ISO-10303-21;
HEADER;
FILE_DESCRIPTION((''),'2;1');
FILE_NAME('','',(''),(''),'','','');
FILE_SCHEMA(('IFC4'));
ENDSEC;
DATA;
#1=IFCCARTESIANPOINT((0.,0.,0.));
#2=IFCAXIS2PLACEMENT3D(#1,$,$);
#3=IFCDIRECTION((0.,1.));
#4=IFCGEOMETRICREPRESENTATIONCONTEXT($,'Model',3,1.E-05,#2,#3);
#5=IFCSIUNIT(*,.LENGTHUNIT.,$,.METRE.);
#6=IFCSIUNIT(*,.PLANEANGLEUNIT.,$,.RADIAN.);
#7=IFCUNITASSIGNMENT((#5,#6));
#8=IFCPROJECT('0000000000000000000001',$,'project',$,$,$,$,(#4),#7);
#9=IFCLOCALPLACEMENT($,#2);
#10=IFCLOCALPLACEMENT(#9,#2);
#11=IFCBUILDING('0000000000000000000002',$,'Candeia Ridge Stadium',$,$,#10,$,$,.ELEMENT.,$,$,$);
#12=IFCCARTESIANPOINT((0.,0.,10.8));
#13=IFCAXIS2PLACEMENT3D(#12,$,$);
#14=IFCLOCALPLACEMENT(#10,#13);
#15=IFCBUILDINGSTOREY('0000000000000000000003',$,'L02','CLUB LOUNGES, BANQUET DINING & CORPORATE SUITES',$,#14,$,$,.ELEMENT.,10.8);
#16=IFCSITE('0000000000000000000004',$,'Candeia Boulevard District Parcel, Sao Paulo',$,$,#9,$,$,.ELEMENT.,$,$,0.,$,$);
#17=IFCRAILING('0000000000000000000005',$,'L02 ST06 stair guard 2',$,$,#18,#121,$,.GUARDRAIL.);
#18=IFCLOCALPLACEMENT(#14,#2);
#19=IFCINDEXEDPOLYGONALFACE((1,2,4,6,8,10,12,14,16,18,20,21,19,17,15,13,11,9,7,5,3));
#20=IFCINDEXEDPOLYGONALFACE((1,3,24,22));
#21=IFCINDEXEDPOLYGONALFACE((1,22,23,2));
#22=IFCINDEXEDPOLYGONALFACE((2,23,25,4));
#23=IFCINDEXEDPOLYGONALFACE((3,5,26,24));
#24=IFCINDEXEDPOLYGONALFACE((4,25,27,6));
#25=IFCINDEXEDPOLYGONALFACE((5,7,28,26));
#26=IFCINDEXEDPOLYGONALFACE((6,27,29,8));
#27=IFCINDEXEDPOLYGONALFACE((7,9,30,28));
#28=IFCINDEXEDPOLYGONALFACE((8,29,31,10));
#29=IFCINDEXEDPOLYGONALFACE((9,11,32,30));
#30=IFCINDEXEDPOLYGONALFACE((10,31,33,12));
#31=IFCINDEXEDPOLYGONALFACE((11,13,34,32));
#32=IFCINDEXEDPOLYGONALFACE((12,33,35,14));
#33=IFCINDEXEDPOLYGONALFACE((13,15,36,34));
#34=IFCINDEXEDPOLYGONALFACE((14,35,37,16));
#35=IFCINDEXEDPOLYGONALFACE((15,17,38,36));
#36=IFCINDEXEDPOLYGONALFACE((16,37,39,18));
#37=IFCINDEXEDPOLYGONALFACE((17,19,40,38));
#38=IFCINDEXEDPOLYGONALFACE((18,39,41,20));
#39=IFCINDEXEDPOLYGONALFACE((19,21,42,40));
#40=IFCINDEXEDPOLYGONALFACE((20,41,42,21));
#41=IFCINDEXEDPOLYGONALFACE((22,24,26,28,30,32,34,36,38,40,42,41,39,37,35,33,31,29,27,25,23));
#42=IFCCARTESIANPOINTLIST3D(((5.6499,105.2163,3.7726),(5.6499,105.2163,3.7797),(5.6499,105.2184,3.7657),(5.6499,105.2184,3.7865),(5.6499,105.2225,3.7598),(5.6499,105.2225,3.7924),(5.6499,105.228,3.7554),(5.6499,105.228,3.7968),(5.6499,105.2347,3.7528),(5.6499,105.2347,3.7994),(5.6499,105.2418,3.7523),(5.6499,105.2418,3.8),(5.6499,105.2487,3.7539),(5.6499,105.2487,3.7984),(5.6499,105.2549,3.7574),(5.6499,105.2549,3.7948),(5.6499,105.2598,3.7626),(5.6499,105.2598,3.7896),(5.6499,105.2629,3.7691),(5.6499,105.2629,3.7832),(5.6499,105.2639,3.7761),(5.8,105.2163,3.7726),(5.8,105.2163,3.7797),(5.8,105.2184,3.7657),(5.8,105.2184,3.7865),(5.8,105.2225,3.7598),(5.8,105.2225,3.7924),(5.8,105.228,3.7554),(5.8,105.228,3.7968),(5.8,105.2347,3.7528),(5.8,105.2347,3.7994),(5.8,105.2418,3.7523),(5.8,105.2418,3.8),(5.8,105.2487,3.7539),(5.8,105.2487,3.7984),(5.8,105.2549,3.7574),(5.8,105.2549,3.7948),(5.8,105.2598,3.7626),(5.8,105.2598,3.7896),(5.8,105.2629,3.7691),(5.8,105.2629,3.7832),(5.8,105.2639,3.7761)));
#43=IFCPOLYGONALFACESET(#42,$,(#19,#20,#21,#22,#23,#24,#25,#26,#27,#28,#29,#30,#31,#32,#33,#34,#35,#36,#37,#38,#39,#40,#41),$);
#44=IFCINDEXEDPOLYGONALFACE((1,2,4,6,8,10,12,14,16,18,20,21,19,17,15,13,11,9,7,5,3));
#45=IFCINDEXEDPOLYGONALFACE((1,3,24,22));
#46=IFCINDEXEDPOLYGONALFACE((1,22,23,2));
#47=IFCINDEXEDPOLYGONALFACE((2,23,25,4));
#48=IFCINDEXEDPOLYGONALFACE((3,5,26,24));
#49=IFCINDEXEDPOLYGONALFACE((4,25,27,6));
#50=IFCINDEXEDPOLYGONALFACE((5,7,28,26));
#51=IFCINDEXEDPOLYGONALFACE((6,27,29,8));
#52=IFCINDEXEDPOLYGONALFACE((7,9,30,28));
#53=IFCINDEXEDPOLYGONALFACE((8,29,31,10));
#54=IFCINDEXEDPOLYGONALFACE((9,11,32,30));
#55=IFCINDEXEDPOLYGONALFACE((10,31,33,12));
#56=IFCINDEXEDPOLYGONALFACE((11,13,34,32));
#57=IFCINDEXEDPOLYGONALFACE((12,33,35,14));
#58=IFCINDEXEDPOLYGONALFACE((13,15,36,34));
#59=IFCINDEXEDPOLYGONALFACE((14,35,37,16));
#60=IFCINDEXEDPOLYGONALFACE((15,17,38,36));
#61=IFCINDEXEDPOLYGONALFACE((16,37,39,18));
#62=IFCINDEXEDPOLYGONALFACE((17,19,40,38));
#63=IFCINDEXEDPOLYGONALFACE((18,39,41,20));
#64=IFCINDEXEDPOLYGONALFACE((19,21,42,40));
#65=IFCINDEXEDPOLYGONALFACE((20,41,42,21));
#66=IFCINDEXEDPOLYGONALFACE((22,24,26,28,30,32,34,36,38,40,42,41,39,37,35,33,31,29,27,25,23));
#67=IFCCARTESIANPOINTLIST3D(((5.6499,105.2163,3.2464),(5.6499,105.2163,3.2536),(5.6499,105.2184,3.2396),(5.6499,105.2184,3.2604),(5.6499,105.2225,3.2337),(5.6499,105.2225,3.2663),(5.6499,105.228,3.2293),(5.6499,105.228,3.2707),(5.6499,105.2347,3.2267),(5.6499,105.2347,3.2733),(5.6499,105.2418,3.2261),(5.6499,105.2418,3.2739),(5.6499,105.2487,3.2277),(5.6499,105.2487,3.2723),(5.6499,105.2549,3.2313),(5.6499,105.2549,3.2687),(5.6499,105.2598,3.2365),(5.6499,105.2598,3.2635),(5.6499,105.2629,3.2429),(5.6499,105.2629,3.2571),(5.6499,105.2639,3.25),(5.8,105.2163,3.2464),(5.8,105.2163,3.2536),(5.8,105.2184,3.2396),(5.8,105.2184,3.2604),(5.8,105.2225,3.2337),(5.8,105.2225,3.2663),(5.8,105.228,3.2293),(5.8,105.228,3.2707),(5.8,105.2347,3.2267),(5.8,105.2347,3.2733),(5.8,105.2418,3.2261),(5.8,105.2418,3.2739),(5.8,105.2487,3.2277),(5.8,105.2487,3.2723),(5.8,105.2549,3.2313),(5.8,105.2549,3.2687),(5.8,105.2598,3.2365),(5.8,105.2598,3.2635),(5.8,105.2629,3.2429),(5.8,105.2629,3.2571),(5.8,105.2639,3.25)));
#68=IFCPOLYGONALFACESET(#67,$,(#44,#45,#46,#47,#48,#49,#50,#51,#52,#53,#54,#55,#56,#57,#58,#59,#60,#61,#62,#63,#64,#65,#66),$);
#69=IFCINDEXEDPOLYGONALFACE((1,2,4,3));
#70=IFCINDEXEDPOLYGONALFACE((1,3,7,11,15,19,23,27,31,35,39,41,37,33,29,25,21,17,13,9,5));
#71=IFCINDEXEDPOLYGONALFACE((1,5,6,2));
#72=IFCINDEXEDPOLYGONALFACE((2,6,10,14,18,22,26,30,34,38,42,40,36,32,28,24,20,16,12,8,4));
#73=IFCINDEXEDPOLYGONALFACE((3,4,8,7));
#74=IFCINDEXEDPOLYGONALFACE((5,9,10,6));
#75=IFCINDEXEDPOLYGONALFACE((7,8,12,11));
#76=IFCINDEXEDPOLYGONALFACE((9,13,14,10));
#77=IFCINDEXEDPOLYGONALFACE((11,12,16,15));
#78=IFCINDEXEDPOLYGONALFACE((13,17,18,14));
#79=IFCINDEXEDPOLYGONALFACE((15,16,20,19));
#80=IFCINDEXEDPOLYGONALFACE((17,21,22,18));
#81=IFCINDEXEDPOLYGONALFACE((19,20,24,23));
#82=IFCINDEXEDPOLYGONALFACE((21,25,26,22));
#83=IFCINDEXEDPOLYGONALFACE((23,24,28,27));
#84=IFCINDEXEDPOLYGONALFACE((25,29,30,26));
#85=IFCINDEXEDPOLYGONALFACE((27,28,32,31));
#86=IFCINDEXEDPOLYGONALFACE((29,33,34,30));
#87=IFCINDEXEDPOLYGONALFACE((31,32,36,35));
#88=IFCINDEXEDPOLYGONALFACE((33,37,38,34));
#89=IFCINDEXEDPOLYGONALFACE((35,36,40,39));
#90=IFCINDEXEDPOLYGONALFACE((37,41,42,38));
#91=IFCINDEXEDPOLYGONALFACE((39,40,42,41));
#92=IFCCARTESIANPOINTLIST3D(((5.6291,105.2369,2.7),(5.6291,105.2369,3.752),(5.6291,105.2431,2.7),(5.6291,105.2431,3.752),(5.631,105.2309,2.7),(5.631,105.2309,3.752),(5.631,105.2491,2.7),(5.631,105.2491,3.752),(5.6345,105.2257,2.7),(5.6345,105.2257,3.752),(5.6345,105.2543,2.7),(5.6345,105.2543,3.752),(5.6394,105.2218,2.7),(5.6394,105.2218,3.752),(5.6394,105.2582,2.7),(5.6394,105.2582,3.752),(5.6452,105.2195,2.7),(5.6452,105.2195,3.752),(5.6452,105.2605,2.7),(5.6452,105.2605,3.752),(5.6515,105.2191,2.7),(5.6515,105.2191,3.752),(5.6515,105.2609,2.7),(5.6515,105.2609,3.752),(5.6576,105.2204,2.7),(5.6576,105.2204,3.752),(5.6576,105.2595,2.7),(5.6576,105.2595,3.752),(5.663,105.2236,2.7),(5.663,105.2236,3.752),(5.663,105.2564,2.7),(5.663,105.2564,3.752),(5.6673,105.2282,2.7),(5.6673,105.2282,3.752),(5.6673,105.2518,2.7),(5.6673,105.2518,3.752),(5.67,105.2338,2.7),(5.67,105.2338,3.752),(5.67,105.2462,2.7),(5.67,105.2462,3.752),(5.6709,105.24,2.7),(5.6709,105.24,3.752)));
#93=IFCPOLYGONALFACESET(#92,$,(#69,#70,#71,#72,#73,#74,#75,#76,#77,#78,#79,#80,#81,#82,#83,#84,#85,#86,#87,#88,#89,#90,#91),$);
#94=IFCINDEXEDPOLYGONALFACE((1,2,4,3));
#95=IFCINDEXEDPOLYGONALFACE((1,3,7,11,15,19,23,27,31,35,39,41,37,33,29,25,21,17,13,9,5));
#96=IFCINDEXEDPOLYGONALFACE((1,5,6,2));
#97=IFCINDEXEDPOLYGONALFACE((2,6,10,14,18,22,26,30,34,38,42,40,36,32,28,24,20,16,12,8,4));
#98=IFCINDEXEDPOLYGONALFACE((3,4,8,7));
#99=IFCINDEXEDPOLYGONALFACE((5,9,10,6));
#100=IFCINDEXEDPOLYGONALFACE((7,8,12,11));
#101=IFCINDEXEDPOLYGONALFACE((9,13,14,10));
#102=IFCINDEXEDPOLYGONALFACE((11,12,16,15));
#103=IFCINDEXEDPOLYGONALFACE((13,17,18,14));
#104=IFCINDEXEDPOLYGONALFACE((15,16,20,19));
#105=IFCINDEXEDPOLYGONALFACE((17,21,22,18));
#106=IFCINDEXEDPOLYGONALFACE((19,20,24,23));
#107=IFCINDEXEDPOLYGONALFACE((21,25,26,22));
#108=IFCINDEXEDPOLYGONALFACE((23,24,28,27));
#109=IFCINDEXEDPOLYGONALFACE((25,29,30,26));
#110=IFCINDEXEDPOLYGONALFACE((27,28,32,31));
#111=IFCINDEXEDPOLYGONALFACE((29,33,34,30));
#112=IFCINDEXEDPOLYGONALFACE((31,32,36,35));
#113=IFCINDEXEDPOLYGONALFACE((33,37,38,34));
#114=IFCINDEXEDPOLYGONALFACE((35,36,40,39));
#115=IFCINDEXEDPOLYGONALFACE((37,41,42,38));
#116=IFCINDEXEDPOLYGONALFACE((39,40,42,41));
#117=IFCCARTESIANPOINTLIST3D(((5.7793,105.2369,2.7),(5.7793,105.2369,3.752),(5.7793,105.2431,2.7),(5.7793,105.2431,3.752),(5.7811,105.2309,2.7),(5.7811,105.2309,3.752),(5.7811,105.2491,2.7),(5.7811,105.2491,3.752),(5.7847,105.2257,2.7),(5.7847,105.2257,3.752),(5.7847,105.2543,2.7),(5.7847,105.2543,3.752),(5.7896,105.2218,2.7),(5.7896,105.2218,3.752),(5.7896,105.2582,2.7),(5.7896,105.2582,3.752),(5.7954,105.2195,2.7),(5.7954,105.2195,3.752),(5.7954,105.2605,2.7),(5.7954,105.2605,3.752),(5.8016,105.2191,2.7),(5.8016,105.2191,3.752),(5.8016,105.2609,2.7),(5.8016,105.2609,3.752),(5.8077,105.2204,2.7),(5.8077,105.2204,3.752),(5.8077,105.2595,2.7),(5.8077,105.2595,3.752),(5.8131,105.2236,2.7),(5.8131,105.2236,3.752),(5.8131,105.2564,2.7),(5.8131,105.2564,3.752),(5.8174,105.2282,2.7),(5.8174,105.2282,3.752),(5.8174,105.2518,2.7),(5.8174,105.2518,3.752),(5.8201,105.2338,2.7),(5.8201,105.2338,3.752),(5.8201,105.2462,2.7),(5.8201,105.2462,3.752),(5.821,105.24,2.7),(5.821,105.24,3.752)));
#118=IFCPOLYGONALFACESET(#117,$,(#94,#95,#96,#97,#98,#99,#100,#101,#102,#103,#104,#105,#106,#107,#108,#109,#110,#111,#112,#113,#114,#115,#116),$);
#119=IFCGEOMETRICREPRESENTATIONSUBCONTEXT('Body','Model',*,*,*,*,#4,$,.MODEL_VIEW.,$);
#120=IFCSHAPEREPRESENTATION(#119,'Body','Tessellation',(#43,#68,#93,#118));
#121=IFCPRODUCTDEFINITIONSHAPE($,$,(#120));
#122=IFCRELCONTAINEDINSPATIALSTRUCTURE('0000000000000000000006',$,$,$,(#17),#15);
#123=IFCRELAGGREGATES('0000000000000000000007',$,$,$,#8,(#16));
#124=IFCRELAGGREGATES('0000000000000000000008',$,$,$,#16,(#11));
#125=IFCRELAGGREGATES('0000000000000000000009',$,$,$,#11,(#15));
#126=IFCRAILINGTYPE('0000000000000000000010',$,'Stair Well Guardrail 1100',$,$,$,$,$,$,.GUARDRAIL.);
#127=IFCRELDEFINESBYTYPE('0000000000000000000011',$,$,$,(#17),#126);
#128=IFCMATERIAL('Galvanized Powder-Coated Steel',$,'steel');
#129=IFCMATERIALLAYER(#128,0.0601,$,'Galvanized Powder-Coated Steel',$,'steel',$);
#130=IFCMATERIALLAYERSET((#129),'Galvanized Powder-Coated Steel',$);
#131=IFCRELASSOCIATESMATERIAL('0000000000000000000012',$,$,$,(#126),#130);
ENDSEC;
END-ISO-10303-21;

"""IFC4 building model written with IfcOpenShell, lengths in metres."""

from ifc_helpers import new_model, si_unit, direction, frame, origin, origin_2d, place, context, subcontext, project, spatial, circle, extrude, material, layer, layer_set, type_object, element, save


model = new_model("IFC4")

# Units and contexts
model_context = context("Model", 3, precision=1e-05, world=origin(), true_north=direction((0.0, 1.0)))
body_context = subcontext(model_context, "Body", "Model", "MODEL_VIEW")
ifc_project = project(units=[si_unit("LENGTHUNIT", "METRE"), si_unit("PLANEANGLEUNIT", "RADIAN")], contexts=[model_context])

# Site, building, storey
site_placement = place(None, origin())
site = spatial("IfcSite", under=ifc_project, at=site_placement, Name="Candeia Boulevard District Parcel, Sao Paulo", CompositionType="ELEMENT", RefElevation=0.0)
building_placement = place(site_placement, origin())
building = spatial("IfcBuilding", under=site, at=building_placement, Name="Candeia Ridge Stadium", CompositionType="ELEMENT")
storey_placement = place(building_placement, frame((0.0, 0.0, 10.8)))
storey = spatial("IfcBuildingStorey", under=building, at=storey_placement, Name="L02", Description="CLUB LOUNGES, BANQUET DINING & CORPORATE SUITES", CompositionType="ELEMENT", Elevation=10.8)

# Railing
ifc_material_1 = material(Name="Galvanized Powder-Coated Steel", Category="steel")
ifc_layer_1 = layer(ifc_material_1, 0.0601, Name="Galvanized Powder-Coated Steel", Category="steel")
ifc_layer_set_1 = layer_set([ifc_layer_1], Name="Galvanized Powder-Coated Steel")
railing_type = type_object("IfcRailingType", Name="Stair Well Guardrail 1100", PredefinedType="GUARDRAIL", material=ifc_layer_set_1)
railing_1_placement = place(storey_placement, frame((5.6499, 105.24, 2.7)))
element("IfcRailing", 1, at=railing_1_placement, inside=storey, type_object=railing_type, Name="L02 ST06 stair guard 2", PredefinedType="GUARDRAIL", context=body_context, shape_type="SweptSolid", body=[
    extrude(circle(Radius=0.0239, at=origin_2d()), frame((0.0, 0.0, 1.0762), z_axis=(1.0, 0.0, 0.0), x_axis=(0.0, 1.0, 0.0)), (0.0, 0.0, 1.0), 0.1501),
    extrude(circle(Radius=0.0239, at=origin_2d()), frame((0.0, 0.0, 0.55), z_axis=(1.0, 0.0, 0.0), x_axis=(0.0, 1.0, 0.0)), (0.0, 0.0, 1.0), 0.1501),
    extrude(circle(Radius=0.021, at=origin_2d()), origin(), (0.0, 0.0, 1.0), 1.052),
    extrude(circle(Radius=0.021, at=origin_2d()), frame((0.1501, 0.0, 0.0)), (0.0, 0.0, 1.0), 1.052),
])

save(model, "model.ifc")
